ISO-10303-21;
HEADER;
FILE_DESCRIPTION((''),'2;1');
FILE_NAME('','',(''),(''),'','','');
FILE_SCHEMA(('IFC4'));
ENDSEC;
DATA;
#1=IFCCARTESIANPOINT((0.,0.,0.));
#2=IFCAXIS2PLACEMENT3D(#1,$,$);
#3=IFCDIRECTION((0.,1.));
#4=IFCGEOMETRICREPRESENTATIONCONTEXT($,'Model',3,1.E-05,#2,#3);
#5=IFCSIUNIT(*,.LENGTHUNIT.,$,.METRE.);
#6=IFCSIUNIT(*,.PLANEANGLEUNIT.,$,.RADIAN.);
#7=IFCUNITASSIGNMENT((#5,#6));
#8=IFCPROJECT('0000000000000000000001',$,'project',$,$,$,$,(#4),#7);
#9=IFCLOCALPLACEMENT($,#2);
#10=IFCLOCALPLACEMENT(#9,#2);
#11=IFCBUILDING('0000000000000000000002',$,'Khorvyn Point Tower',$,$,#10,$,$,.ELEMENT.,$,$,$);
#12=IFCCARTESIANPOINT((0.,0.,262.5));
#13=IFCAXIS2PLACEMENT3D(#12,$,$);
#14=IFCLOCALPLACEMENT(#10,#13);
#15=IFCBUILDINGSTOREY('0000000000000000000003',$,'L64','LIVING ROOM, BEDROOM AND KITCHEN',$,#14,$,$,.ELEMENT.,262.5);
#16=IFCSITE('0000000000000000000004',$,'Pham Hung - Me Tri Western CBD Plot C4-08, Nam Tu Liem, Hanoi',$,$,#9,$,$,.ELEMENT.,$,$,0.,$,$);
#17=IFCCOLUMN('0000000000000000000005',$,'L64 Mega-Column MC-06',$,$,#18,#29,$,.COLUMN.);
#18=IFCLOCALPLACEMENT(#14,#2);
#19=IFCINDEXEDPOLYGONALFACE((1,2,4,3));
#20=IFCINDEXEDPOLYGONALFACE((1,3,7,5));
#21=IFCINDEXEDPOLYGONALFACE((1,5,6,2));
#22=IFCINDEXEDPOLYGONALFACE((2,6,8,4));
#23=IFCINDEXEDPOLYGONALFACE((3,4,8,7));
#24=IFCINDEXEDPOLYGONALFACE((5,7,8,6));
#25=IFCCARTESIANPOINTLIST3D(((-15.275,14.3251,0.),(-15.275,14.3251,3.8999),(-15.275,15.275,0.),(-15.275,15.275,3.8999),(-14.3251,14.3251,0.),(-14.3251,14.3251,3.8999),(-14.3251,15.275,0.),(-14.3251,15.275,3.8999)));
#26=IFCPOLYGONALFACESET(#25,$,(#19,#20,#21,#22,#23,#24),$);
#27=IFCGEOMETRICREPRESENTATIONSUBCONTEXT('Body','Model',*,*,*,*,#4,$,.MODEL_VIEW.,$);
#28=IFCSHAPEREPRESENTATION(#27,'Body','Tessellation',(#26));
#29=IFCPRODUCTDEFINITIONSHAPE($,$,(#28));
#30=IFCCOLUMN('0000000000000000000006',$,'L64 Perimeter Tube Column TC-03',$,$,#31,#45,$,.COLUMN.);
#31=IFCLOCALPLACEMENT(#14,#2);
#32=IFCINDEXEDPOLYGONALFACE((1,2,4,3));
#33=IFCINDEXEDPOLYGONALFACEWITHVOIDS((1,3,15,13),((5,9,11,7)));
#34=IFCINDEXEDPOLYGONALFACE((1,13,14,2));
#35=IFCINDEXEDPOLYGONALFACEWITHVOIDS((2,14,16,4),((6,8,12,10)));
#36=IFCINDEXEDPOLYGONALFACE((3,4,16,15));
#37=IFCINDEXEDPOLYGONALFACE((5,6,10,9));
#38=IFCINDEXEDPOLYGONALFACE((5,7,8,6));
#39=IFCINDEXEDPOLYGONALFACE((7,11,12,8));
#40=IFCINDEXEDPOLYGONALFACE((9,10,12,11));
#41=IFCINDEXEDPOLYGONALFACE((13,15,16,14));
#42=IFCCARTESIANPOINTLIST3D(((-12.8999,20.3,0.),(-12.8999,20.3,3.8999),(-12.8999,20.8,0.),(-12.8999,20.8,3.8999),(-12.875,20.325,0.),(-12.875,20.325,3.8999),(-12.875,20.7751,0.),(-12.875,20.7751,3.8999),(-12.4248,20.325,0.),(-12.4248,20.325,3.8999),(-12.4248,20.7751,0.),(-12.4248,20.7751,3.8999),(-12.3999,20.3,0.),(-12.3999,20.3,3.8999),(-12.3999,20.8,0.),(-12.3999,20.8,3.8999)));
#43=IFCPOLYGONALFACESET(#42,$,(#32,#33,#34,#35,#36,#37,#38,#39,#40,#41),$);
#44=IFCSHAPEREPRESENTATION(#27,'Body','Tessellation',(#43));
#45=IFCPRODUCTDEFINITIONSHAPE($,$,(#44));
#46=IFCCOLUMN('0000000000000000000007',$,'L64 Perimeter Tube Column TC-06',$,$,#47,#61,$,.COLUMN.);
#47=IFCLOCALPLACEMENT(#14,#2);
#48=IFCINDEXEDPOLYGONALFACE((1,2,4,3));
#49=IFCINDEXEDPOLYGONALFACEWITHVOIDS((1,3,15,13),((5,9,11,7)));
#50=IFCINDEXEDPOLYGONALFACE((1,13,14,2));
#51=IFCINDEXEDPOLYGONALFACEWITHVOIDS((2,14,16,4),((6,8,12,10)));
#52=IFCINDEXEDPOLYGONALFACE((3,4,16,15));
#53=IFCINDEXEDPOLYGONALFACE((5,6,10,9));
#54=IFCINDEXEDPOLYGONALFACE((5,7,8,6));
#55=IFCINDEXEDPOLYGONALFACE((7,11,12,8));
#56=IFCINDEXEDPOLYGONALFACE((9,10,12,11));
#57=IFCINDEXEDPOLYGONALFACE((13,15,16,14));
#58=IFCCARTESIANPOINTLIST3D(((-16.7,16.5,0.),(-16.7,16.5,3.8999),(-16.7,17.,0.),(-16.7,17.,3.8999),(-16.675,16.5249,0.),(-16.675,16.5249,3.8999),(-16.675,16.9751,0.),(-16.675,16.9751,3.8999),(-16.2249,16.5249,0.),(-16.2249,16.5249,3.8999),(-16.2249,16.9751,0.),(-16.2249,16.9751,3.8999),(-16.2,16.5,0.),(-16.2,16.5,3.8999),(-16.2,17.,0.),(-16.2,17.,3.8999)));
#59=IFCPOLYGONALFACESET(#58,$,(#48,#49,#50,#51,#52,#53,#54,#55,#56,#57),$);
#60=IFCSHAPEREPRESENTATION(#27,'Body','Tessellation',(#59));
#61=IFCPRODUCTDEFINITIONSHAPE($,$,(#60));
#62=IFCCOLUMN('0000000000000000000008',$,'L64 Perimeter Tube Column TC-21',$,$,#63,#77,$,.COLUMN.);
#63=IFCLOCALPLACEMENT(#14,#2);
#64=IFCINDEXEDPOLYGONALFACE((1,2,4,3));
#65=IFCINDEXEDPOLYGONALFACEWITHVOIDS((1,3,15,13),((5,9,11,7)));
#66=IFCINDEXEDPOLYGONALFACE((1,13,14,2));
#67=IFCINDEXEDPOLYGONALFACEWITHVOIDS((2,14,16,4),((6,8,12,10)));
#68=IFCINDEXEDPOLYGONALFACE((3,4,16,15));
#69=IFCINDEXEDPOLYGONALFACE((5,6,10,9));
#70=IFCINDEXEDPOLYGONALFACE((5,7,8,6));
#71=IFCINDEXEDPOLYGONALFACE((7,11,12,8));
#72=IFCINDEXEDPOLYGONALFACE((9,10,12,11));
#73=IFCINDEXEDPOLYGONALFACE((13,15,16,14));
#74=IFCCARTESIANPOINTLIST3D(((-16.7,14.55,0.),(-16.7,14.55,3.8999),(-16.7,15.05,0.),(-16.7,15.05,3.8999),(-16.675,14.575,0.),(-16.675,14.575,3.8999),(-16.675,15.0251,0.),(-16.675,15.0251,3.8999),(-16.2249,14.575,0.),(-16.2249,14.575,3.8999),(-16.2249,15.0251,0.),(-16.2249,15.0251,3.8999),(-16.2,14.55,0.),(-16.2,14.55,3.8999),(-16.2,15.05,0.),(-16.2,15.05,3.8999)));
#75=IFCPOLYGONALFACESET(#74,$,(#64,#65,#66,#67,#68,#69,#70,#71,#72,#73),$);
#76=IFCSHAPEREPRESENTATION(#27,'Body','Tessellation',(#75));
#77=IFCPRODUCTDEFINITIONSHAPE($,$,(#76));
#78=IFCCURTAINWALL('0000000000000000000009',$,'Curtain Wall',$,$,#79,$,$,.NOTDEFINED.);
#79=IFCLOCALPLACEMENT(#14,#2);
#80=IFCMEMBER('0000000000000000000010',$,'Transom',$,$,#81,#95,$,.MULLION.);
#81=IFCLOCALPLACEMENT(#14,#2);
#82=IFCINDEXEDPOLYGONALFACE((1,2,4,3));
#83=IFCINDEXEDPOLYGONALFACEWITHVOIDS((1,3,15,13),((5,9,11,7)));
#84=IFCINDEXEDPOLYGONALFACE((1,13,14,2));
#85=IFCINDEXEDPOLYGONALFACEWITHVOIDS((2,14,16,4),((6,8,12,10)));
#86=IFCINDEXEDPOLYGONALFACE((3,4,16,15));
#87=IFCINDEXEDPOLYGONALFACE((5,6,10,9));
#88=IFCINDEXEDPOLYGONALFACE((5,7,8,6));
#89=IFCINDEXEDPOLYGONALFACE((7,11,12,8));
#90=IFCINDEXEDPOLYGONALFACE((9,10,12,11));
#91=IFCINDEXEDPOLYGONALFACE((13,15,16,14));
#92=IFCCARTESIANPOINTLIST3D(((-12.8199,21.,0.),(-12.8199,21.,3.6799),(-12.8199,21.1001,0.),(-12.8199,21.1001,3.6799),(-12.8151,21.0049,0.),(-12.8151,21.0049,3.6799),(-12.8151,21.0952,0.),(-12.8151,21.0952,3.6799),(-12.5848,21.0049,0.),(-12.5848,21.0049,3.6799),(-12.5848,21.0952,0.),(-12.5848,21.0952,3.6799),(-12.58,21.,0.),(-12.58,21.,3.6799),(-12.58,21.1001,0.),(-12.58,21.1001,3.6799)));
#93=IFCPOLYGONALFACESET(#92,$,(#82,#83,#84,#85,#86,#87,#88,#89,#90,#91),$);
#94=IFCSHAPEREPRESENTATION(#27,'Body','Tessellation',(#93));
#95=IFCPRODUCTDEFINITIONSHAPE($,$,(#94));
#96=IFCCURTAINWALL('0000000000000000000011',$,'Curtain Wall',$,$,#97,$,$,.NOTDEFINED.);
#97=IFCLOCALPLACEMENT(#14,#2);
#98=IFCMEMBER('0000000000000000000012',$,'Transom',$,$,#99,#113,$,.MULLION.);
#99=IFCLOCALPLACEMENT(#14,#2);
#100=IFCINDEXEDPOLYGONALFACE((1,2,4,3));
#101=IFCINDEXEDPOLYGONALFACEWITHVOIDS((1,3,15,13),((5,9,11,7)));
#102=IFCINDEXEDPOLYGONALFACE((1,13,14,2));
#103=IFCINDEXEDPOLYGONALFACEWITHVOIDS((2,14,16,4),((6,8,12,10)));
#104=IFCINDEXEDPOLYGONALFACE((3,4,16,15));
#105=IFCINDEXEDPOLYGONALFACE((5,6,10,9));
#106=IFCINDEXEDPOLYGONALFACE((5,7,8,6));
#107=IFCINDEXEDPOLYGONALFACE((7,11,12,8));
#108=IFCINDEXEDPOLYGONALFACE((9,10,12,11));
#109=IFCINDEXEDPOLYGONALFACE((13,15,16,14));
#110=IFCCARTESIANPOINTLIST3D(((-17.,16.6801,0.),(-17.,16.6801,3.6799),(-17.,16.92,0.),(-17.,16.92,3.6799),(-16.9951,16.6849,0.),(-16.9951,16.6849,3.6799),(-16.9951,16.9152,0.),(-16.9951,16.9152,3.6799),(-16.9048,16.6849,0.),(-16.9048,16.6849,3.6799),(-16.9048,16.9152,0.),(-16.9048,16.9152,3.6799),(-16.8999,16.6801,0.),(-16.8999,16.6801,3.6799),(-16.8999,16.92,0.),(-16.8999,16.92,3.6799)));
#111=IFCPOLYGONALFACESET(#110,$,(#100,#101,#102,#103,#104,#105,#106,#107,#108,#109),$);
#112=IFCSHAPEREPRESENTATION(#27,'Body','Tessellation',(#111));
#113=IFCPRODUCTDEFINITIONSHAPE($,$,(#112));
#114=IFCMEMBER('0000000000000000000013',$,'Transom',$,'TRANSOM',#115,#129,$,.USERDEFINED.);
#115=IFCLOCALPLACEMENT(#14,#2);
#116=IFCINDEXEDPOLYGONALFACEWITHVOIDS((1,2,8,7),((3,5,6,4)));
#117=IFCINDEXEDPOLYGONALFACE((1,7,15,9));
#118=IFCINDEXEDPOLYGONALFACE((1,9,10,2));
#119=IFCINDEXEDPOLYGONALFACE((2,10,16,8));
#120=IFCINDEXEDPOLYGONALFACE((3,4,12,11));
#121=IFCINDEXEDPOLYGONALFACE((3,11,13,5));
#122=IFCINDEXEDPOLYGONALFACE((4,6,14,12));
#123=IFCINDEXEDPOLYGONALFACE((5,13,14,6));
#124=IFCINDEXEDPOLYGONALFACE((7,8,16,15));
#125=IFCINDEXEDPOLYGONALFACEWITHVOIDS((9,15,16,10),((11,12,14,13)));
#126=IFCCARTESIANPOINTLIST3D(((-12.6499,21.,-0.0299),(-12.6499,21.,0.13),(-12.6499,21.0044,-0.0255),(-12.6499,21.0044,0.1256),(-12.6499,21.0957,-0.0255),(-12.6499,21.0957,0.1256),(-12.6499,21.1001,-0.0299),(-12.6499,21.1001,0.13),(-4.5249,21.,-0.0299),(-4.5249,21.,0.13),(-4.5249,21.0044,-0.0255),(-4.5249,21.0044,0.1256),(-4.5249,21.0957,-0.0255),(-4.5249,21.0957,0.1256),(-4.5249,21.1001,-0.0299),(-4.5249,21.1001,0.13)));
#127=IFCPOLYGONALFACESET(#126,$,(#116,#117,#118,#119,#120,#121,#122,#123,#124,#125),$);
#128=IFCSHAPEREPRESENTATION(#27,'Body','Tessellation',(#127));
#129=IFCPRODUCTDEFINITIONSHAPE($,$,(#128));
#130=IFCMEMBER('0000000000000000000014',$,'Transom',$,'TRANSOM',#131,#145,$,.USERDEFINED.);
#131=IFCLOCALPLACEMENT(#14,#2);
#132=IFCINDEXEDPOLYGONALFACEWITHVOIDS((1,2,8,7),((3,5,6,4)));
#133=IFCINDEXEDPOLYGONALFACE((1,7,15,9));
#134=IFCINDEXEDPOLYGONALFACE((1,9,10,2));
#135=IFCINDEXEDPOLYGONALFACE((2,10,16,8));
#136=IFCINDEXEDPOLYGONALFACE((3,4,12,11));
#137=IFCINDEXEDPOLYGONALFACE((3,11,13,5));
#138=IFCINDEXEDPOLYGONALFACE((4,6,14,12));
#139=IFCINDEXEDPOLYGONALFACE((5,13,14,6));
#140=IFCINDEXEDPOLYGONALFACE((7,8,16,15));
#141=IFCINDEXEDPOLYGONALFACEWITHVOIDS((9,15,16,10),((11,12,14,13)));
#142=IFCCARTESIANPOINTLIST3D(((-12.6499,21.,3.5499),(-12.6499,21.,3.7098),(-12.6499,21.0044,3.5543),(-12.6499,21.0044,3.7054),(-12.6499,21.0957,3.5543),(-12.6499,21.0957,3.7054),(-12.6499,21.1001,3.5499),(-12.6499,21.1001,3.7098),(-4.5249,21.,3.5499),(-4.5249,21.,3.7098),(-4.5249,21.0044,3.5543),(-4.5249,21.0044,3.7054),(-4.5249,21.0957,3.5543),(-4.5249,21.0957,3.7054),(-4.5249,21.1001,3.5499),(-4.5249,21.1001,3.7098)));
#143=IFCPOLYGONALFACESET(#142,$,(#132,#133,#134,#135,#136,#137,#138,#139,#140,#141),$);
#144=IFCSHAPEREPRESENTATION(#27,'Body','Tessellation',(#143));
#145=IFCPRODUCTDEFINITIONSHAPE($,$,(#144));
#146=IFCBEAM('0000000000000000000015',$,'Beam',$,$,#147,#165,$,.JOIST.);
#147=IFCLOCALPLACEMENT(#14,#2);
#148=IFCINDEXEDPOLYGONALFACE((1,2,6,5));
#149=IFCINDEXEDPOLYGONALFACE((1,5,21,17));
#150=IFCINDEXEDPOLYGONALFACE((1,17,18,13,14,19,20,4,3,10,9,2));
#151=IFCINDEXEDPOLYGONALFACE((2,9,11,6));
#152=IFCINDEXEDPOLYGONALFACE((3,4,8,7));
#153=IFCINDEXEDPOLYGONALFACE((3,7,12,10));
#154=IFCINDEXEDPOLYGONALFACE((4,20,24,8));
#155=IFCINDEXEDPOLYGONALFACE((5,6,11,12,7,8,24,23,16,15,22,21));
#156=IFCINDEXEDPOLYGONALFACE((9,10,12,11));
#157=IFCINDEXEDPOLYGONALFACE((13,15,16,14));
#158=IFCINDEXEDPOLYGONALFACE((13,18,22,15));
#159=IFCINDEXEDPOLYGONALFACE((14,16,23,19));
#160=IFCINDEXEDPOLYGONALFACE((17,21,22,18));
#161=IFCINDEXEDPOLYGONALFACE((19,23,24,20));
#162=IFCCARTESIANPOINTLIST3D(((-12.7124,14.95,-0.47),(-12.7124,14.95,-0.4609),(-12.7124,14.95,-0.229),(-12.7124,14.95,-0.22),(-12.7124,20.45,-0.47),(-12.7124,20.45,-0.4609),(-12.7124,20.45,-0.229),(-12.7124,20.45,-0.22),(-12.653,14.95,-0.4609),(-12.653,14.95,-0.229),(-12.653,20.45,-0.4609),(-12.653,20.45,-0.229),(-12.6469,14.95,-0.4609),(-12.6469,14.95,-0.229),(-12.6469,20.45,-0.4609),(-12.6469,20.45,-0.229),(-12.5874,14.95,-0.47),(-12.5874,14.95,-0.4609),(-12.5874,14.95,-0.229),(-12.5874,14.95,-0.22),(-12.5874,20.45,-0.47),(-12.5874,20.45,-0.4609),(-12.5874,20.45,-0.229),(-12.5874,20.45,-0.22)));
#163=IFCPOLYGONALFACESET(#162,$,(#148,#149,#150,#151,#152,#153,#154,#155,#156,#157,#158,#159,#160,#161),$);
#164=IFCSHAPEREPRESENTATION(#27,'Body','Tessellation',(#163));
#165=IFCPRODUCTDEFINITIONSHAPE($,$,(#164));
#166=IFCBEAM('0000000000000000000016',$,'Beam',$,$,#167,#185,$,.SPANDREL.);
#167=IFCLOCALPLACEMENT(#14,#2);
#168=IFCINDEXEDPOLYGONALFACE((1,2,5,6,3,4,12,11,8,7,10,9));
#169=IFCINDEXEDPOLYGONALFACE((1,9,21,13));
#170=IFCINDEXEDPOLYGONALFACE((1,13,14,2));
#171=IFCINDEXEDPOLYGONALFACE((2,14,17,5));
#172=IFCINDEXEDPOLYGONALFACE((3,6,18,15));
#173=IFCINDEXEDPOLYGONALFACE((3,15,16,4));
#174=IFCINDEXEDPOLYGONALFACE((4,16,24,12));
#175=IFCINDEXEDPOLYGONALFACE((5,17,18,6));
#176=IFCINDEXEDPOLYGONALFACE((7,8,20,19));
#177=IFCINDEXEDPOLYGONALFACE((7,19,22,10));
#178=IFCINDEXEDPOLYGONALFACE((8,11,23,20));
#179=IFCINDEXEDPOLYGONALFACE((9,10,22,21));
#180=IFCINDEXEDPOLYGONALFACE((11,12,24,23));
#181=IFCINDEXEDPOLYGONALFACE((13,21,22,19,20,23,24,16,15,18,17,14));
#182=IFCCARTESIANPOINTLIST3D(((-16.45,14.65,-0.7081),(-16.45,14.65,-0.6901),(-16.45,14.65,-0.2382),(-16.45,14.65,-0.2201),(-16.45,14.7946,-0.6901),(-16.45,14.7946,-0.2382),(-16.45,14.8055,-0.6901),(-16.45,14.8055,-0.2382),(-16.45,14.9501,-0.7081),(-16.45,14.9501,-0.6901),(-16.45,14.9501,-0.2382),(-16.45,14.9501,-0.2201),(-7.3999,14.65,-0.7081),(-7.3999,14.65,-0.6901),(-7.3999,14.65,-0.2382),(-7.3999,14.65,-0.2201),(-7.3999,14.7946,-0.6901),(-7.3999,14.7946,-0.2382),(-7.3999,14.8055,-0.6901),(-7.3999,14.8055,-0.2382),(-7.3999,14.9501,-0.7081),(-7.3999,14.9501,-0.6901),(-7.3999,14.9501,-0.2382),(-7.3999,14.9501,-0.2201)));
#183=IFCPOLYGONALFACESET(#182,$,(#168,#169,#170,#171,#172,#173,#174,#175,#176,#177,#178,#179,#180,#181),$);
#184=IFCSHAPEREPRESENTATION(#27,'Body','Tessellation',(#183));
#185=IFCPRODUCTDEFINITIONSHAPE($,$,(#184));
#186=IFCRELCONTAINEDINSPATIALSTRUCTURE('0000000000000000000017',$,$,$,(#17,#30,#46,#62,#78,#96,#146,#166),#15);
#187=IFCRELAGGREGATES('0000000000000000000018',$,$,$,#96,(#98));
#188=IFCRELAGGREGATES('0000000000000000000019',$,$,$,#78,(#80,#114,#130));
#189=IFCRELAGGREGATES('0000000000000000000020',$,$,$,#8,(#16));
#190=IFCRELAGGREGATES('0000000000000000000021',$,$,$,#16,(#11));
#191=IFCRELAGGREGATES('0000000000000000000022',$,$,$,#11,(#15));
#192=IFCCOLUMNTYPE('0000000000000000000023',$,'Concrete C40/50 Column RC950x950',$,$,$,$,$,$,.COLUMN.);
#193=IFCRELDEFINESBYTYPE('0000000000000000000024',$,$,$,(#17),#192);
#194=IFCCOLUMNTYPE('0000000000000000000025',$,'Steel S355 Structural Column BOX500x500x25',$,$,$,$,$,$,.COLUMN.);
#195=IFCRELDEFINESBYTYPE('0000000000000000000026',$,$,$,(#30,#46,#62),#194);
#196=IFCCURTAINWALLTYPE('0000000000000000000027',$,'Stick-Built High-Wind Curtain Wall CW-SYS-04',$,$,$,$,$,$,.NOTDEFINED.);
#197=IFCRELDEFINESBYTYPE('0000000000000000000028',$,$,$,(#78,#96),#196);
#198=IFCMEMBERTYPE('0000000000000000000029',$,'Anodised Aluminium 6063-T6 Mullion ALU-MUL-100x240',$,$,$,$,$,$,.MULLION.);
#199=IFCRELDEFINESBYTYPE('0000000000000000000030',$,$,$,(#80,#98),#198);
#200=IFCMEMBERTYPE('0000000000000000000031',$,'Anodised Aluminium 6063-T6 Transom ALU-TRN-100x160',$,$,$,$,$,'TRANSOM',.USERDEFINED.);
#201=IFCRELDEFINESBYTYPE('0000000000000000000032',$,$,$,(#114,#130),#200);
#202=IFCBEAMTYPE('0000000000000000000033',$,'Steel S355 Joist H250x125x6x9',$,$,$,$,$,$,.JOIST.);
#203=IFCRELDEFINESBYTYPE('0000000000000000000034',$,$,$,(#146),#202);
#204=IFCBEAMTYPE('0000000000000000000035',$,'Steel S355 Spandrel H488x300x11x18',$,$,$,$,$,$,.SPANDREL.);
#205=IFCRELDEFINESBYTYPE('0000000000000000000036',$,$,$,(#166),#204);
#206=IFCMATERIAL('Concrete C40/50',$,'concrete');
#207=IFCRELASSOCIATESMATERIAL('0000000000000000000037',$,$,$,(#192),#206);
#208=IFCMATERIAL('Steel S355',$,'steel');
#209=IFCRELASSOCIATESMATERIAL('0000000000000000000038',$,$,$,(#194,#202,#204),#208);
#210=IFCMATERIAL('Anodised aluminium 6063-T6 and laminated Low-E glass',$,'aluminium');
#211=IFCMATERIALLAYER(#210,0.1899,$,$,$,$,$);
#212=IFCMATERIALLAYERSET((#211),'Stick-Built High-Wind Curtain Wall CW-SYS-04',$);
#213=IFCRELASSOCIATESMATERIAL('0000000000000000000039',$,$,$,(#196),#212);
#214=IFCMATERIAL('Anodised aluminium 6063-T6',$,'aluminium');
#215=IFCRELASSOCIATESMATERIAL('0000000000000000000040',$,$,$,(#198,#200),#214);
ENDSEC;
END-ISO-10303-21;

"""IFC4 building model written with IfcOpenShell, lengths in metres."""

from ifc_helpers import new_model, si_unit, direction, frame, origin, origin_2d, place, context, subcontext, project, spatial, rectangle, hollow_rectangle, i_section, extrude, material, layer, layer_set, material_profile, profile_set, type_object, element, aggregate, save


model = new_model("IFC4")

# Units and contexts
model_context = context("Model", 3, precision=1e-05, world=origin(), true_north=direction((0.0, 1.0)))
body_context = subcontext(model_context, "Body", "Model", "MODEL_VIEW")
ifc_project = project(units=[si_unit("LENGTHUNIT", "METRE"), si_unit("PLANEANGLEUNIT", "RADIAN")], contexts=[model_context])

# Site, building, storey
site_placement = place(None, origin())
site = spatial("IfcSite", under=ifc_project, at=site_placement, Name="Pham Hung - Me Tri Western CBD Plot C4-08, Nam Tu Liem, Hanoi", CompositionType="ELEMENT", RefElevation=0.0)
building_placement = place(site_placement, origin())
building = spatial("IfcBuilding", under=site, at=building_placement, Name="Khorvyn Point Tower", CompositionType="ELEMENT")
storey_placement = place(building_placement, frame((0.0, 0.0, 262.5)))
storey = spatial("IfcBuildingStorey", under=building, at=storey_placement, Name="L64", Description="LIVING ROOM, BEDROOM AND KITCHEN", CompositionType="ELEMENT", Elevation=262.5)

# Columns
ifc_material_1 = material(Name="Concrete C40/50", Category="concrete")
ifc_material_profile_1 = material_profile(ifc_material_1, rectangle(XDim=0.95, YDim=0.95, at=origin_2d()))
ifc_profile_set_1 = profile_set([ifc_material_profile_1], Name="Concrete C40/50 RC950x950")
column_type_1 = type_object("IfcColumnType", Name="Concrete C40/50 Column RC950x950", PredefinedType="COLUMN", material=ifc_profile_set_1)
column_placement = place(storey_placement, frame((-14.8, 14.8, 0.0), z_axis=(0.0, 0.0, 1.0), x_axis=(1.0, 0.0, 0.0)))
element("IfcColumn", 1, at=column_placement, inside=storey, type_object=column_type_1, Name="L64 Mega-Column MC-06", PredefinedType="COLUMN", context=body_context, shape_type="SweptSolid", body=[
    extrude(rectangle(XDim=0.95, YDim=0.95, at=origin_2d()), origin(), (0.0, 0.0, 1.0), 3.8999),
])
ifc_material_2 = material(Name="Steel S355", Category="steel")
ifc_material_profile_2 = material_profile(ifc_material_2, hollow_rectangle(XDim=0.5, YDim=0.5, WallThickness=0.0249, at=origin_2d()))
ifc_profile_set_2 = profile_set([ifc_material_profile_2], Name="Steel S355 BOX500x500x25")
column_type_2 = type_object("IfcColumnType", Name="Steel S355 Structural Column BOX500x500x25", PredefinedType="COLUMN", material=ifc_profile_set_2)
for number, where, z_axis, x_axis, name in (
    (2, (-12.6499, 20.55, 0.0), (0.0, 0.0, 1.0), (1.0, 0.0, 0.0), "L64 Perimeter Tube Column TC-03"),
    (3, (-16.45, 16.75, 0.0), (0.0, 0.0, 1.0), (1.0, 0.0, 0.0), "L64 Perimeter Tube Column TC-06"),
    (4, (-16.45, 14.8, 0.0), (0.0, 0.0, 1.0), (1.0, 0.0, 0.0), "L64 Perimeter Tube Column TC-21"),
):
    element("IfcColumn", number, at=place(storey_placement, frame(where, z_axis=z_axis, x_axis=x_axis)), inside=storey, type_object=column_type_2, Name=name, PredefinedType="COLUMN", context=body_context, shape_type="SweptSolid", body=[
        extrude(hollow_rectangle(XDim=0.5, YDim=0.5, WallThickness=0.0249, at=origin_2d()), origin(), (0.0, 0.0, 1.0), 3.8999),
    ])

# Curtain walls, members
ifc_material_3 = material(Name="Anodised aluminium 6063-T6 and laminated Low-E glass", Category="aluminium")
ifc_layer_1 = layer(ifc_material_3, 0.1899)
ifc_layer_set_1 = layer_set([ifc_layer_1], Name="Stick-Built High-Wind Curtain Wall CW-SYS-04")
curtain_wall_type = type_object("IfcCurtainWallType", Name="Stick-Built High-Wind Curtain Wall CW-SYS-04", PredefinedType="NOTDEFINED", material=ifc_layer_set_1)
curtain_wall_1_placement = place(storey_placement, origin())
curtain_wall_1 = element("IfcCurtainWall", 5, at=curtain_wall_1_placement, inside=storey, type_object=curtain_wall_type, Name="Curtain Wall", PredefinedType="NOTDEFINED")
ifc_material_4 = material(Name="Anodised aluminium 6063-T6", Category="aluminium")
ifc_material_profile_3 = material_profile(ifc_material_4, hollow_rectangle(XDim=0.1001, YDim=0.24, WallThickness=0.0049, at=origin_2d()))
ifc_profile_set_3 = profile_set([ifc_material_profile_3], Name="Anodised aluminium 6063-T6 ALU-MUL-100x240")
member_type_1 = type_object("IfcMemberType", Name="Anodised Aluminium 6063-T6 Mullion ALU-MUL-100x240", PredefinedType="MULLION", material=ifc_profile_set_3)
member_1_placement = place(storey_placement, frame((-12.7, 21.05, 0.0), z_axis=(0.0, 0.0, 1.0), x_axis=(0.0, 1.0, 0.0)))
member_1 = element("IfcMember", 6, at=member_1_placement, type_object=member_type_1, Name="Transom", PredefinedType="MULLION", context=body_context, shape_type="SweptSolid", body=[
    extrude(hollow_rectangle(XDim=0.1001, YDim=0.24, WallThickness=0.0049, at=origin_2d()), origin(), (0.0, 0.0, 1.0), 3.6799),
])
curtain_wall_2_placement = place(storey_placement, origin())
curtain_wall_2 = element("IfcCurtainWall", 7, at=curtain_wall_2_placement, inside=storey, type_object=curtain_wall_type, Name="Curtain Wall", PredefinedType="NOTDEFINED")
member_2_placement = place(storey_placement, frame((-16.95, 16.8, 0.0), z_axis=(0.0, 0.0, 1.0), x_axis=(-1.0, 0.0, 0.0)))
member_2 = element("IfcMember", 8, at=member_2_placement, type_object=member_type_1, Name="Transom", PredefinedType="MULLION", context=body_context, shape_type="SweptSolid", body=[
    extrude(hollow_rectangle(XDim=0.1001, YDim=0.24, WallThickness=0.0049, at=origin_2d()), origin(), (0.0, 0.0, 1.0), 3.6799),
])
aggregate(curtain_wall_2, [member_2])

# Members
ifc_material_profile_4 = material_profile(ifc_material_4, hollow_rectangle(XDim=0.1001, YDim=0.1599, WallThickness=0.0044, at=origin_2d()))
ifc_profile_set_4 = profile_set([ifc_material_profile_4], Name="Anodised aluminium 6063-T6 ALU-TRN-100x160")
member_type_2 = type_object("IfcMemberType", Name="Anodised Aluminium 6063-T6 Transom ALU-TRN-100x160", ElementType="TRANSOM", PredefinedType="USERDEFINED", material=ifc_profile_set_4)
member_3_placement = place(storey_placement, frame((-12.6499, 21.05, 0.05), z_axis=(1.0, 0.0, 0.0), x_axis=(0.0, 1.0, 0.0)))
member_3 = element("IfcMember", 9, at=member_3_placement, type_object=member_type_2, Name="Transom", ObjectType="TRANSOM", PredefinedType="USERDEFINED", context=body_context, shape_type="SweptSolid", body=[
    extrude(hollow_rectangle(XDim=0.1001, YDim=0.1599, WallThickness=0.0044, at=origin_2d()), origin(), (0.0, 0.0, 1.0), 8.125),
])
member_4_placement = place(storey_placement, frame((-12.6499, 21.05, 3.6299), z_axis=(1.0, 0.0, 0.0), x_axis=(0.0, 1.0, 0.0)))
member_4 = element("IfcMember", 10, at=member_4_placement, type_object=member_type_2, Name="Transom", ObjectType="TRANSOM", PredefinedType="USERDEFINED", context=body_context, shape_type="SweptSolid", body=[
    extrude(hollow_rectangle(XDim=0.1001, YDim=0.1599, WallThickness=0.0044, at=origin_2d()), origin(), (0.0, 0.0, 1.0), 8.125),
])

# Beams
ifc_material_profile_5 = material_profile(ifc_material_2, i_section(OverallWidth=0.125, OverallDepth=0.25, WebThickness=0.0061, FlangeThickness=0.009, at=origin_2d()))
ifc_profile_set_5 = profile_set([ifc_material_profile_5], Name="Steel S355 H250x125x6x9")
beam_type_1 = type_object("IfcBeamType", Name="Steel S355 Joist H250x125x6x9", PredefinedType="JOIST", material=ifc_profile_set_5)
beam_1_placement = place(storey_placement, frame((-12.6499, 14.95, -0.345), z_axis=(0.0, 1.0, 0.0), x_axis=(-1.0, 0.0, 0.0)))
element("IfcBeam", 11, at=beam_1_placement, inside=storey, type_object=beam_type_1, Name="Beam", PredefinedType="JOIST", context=body_context, shape_type="SweptSolid", body=[
    extrude(i_section(OverallWidth=0.125, OverallDepth=0.25, WebThickness=0.0061, FlangeThickness=0.009, at=origin_2d()), origin(), (0.0, 0.0, 1.0), 5.5),
])
ifc_material_profile_6 = material_profile(ifc_material_2, i_section(OverallWidth=0.3, OverallDepth=0.488, WebThickness=0.011, FlangeThickness=0.0181, at=origin_2d()))
ifc_profile_set_6 = profile_set([ifc_material_profile_6], Name="Steel S355 H488x300x11x18")
beam_type_2 = type_object("IfcBeamType", Name="Steel S355 Spandrel H488x300x11x18", PredefinedType="SPANDREL", material=ifc_profile_set_6)
beam_2_placement = place(storey_placement, frame((-16.45, 14.8, -0.4641), z_axis=(1.0, 0.0, 0.0), x_axis=(0.0, 1.0, 0.0)))
element("IfcBeam", 12, at=beam_2_placement, inside=storey, type_object=beam_type_2, Name="Beam", PredefinedType="SPANDREL", context=body_context, shape_type="SweptSolid", body=[
    extrude(i_section(OverallWidth=0.3, OverallDepth=0.488, WebThickness=0.011, FlangeThickness=0.0181, at=origin_2d()), origin(), (0.0, 0.0, 1.0), 9.05),
])

aggregate(curtain_wall_1, [member_1, member_3, member_4])

save(model, "model.ifc")
